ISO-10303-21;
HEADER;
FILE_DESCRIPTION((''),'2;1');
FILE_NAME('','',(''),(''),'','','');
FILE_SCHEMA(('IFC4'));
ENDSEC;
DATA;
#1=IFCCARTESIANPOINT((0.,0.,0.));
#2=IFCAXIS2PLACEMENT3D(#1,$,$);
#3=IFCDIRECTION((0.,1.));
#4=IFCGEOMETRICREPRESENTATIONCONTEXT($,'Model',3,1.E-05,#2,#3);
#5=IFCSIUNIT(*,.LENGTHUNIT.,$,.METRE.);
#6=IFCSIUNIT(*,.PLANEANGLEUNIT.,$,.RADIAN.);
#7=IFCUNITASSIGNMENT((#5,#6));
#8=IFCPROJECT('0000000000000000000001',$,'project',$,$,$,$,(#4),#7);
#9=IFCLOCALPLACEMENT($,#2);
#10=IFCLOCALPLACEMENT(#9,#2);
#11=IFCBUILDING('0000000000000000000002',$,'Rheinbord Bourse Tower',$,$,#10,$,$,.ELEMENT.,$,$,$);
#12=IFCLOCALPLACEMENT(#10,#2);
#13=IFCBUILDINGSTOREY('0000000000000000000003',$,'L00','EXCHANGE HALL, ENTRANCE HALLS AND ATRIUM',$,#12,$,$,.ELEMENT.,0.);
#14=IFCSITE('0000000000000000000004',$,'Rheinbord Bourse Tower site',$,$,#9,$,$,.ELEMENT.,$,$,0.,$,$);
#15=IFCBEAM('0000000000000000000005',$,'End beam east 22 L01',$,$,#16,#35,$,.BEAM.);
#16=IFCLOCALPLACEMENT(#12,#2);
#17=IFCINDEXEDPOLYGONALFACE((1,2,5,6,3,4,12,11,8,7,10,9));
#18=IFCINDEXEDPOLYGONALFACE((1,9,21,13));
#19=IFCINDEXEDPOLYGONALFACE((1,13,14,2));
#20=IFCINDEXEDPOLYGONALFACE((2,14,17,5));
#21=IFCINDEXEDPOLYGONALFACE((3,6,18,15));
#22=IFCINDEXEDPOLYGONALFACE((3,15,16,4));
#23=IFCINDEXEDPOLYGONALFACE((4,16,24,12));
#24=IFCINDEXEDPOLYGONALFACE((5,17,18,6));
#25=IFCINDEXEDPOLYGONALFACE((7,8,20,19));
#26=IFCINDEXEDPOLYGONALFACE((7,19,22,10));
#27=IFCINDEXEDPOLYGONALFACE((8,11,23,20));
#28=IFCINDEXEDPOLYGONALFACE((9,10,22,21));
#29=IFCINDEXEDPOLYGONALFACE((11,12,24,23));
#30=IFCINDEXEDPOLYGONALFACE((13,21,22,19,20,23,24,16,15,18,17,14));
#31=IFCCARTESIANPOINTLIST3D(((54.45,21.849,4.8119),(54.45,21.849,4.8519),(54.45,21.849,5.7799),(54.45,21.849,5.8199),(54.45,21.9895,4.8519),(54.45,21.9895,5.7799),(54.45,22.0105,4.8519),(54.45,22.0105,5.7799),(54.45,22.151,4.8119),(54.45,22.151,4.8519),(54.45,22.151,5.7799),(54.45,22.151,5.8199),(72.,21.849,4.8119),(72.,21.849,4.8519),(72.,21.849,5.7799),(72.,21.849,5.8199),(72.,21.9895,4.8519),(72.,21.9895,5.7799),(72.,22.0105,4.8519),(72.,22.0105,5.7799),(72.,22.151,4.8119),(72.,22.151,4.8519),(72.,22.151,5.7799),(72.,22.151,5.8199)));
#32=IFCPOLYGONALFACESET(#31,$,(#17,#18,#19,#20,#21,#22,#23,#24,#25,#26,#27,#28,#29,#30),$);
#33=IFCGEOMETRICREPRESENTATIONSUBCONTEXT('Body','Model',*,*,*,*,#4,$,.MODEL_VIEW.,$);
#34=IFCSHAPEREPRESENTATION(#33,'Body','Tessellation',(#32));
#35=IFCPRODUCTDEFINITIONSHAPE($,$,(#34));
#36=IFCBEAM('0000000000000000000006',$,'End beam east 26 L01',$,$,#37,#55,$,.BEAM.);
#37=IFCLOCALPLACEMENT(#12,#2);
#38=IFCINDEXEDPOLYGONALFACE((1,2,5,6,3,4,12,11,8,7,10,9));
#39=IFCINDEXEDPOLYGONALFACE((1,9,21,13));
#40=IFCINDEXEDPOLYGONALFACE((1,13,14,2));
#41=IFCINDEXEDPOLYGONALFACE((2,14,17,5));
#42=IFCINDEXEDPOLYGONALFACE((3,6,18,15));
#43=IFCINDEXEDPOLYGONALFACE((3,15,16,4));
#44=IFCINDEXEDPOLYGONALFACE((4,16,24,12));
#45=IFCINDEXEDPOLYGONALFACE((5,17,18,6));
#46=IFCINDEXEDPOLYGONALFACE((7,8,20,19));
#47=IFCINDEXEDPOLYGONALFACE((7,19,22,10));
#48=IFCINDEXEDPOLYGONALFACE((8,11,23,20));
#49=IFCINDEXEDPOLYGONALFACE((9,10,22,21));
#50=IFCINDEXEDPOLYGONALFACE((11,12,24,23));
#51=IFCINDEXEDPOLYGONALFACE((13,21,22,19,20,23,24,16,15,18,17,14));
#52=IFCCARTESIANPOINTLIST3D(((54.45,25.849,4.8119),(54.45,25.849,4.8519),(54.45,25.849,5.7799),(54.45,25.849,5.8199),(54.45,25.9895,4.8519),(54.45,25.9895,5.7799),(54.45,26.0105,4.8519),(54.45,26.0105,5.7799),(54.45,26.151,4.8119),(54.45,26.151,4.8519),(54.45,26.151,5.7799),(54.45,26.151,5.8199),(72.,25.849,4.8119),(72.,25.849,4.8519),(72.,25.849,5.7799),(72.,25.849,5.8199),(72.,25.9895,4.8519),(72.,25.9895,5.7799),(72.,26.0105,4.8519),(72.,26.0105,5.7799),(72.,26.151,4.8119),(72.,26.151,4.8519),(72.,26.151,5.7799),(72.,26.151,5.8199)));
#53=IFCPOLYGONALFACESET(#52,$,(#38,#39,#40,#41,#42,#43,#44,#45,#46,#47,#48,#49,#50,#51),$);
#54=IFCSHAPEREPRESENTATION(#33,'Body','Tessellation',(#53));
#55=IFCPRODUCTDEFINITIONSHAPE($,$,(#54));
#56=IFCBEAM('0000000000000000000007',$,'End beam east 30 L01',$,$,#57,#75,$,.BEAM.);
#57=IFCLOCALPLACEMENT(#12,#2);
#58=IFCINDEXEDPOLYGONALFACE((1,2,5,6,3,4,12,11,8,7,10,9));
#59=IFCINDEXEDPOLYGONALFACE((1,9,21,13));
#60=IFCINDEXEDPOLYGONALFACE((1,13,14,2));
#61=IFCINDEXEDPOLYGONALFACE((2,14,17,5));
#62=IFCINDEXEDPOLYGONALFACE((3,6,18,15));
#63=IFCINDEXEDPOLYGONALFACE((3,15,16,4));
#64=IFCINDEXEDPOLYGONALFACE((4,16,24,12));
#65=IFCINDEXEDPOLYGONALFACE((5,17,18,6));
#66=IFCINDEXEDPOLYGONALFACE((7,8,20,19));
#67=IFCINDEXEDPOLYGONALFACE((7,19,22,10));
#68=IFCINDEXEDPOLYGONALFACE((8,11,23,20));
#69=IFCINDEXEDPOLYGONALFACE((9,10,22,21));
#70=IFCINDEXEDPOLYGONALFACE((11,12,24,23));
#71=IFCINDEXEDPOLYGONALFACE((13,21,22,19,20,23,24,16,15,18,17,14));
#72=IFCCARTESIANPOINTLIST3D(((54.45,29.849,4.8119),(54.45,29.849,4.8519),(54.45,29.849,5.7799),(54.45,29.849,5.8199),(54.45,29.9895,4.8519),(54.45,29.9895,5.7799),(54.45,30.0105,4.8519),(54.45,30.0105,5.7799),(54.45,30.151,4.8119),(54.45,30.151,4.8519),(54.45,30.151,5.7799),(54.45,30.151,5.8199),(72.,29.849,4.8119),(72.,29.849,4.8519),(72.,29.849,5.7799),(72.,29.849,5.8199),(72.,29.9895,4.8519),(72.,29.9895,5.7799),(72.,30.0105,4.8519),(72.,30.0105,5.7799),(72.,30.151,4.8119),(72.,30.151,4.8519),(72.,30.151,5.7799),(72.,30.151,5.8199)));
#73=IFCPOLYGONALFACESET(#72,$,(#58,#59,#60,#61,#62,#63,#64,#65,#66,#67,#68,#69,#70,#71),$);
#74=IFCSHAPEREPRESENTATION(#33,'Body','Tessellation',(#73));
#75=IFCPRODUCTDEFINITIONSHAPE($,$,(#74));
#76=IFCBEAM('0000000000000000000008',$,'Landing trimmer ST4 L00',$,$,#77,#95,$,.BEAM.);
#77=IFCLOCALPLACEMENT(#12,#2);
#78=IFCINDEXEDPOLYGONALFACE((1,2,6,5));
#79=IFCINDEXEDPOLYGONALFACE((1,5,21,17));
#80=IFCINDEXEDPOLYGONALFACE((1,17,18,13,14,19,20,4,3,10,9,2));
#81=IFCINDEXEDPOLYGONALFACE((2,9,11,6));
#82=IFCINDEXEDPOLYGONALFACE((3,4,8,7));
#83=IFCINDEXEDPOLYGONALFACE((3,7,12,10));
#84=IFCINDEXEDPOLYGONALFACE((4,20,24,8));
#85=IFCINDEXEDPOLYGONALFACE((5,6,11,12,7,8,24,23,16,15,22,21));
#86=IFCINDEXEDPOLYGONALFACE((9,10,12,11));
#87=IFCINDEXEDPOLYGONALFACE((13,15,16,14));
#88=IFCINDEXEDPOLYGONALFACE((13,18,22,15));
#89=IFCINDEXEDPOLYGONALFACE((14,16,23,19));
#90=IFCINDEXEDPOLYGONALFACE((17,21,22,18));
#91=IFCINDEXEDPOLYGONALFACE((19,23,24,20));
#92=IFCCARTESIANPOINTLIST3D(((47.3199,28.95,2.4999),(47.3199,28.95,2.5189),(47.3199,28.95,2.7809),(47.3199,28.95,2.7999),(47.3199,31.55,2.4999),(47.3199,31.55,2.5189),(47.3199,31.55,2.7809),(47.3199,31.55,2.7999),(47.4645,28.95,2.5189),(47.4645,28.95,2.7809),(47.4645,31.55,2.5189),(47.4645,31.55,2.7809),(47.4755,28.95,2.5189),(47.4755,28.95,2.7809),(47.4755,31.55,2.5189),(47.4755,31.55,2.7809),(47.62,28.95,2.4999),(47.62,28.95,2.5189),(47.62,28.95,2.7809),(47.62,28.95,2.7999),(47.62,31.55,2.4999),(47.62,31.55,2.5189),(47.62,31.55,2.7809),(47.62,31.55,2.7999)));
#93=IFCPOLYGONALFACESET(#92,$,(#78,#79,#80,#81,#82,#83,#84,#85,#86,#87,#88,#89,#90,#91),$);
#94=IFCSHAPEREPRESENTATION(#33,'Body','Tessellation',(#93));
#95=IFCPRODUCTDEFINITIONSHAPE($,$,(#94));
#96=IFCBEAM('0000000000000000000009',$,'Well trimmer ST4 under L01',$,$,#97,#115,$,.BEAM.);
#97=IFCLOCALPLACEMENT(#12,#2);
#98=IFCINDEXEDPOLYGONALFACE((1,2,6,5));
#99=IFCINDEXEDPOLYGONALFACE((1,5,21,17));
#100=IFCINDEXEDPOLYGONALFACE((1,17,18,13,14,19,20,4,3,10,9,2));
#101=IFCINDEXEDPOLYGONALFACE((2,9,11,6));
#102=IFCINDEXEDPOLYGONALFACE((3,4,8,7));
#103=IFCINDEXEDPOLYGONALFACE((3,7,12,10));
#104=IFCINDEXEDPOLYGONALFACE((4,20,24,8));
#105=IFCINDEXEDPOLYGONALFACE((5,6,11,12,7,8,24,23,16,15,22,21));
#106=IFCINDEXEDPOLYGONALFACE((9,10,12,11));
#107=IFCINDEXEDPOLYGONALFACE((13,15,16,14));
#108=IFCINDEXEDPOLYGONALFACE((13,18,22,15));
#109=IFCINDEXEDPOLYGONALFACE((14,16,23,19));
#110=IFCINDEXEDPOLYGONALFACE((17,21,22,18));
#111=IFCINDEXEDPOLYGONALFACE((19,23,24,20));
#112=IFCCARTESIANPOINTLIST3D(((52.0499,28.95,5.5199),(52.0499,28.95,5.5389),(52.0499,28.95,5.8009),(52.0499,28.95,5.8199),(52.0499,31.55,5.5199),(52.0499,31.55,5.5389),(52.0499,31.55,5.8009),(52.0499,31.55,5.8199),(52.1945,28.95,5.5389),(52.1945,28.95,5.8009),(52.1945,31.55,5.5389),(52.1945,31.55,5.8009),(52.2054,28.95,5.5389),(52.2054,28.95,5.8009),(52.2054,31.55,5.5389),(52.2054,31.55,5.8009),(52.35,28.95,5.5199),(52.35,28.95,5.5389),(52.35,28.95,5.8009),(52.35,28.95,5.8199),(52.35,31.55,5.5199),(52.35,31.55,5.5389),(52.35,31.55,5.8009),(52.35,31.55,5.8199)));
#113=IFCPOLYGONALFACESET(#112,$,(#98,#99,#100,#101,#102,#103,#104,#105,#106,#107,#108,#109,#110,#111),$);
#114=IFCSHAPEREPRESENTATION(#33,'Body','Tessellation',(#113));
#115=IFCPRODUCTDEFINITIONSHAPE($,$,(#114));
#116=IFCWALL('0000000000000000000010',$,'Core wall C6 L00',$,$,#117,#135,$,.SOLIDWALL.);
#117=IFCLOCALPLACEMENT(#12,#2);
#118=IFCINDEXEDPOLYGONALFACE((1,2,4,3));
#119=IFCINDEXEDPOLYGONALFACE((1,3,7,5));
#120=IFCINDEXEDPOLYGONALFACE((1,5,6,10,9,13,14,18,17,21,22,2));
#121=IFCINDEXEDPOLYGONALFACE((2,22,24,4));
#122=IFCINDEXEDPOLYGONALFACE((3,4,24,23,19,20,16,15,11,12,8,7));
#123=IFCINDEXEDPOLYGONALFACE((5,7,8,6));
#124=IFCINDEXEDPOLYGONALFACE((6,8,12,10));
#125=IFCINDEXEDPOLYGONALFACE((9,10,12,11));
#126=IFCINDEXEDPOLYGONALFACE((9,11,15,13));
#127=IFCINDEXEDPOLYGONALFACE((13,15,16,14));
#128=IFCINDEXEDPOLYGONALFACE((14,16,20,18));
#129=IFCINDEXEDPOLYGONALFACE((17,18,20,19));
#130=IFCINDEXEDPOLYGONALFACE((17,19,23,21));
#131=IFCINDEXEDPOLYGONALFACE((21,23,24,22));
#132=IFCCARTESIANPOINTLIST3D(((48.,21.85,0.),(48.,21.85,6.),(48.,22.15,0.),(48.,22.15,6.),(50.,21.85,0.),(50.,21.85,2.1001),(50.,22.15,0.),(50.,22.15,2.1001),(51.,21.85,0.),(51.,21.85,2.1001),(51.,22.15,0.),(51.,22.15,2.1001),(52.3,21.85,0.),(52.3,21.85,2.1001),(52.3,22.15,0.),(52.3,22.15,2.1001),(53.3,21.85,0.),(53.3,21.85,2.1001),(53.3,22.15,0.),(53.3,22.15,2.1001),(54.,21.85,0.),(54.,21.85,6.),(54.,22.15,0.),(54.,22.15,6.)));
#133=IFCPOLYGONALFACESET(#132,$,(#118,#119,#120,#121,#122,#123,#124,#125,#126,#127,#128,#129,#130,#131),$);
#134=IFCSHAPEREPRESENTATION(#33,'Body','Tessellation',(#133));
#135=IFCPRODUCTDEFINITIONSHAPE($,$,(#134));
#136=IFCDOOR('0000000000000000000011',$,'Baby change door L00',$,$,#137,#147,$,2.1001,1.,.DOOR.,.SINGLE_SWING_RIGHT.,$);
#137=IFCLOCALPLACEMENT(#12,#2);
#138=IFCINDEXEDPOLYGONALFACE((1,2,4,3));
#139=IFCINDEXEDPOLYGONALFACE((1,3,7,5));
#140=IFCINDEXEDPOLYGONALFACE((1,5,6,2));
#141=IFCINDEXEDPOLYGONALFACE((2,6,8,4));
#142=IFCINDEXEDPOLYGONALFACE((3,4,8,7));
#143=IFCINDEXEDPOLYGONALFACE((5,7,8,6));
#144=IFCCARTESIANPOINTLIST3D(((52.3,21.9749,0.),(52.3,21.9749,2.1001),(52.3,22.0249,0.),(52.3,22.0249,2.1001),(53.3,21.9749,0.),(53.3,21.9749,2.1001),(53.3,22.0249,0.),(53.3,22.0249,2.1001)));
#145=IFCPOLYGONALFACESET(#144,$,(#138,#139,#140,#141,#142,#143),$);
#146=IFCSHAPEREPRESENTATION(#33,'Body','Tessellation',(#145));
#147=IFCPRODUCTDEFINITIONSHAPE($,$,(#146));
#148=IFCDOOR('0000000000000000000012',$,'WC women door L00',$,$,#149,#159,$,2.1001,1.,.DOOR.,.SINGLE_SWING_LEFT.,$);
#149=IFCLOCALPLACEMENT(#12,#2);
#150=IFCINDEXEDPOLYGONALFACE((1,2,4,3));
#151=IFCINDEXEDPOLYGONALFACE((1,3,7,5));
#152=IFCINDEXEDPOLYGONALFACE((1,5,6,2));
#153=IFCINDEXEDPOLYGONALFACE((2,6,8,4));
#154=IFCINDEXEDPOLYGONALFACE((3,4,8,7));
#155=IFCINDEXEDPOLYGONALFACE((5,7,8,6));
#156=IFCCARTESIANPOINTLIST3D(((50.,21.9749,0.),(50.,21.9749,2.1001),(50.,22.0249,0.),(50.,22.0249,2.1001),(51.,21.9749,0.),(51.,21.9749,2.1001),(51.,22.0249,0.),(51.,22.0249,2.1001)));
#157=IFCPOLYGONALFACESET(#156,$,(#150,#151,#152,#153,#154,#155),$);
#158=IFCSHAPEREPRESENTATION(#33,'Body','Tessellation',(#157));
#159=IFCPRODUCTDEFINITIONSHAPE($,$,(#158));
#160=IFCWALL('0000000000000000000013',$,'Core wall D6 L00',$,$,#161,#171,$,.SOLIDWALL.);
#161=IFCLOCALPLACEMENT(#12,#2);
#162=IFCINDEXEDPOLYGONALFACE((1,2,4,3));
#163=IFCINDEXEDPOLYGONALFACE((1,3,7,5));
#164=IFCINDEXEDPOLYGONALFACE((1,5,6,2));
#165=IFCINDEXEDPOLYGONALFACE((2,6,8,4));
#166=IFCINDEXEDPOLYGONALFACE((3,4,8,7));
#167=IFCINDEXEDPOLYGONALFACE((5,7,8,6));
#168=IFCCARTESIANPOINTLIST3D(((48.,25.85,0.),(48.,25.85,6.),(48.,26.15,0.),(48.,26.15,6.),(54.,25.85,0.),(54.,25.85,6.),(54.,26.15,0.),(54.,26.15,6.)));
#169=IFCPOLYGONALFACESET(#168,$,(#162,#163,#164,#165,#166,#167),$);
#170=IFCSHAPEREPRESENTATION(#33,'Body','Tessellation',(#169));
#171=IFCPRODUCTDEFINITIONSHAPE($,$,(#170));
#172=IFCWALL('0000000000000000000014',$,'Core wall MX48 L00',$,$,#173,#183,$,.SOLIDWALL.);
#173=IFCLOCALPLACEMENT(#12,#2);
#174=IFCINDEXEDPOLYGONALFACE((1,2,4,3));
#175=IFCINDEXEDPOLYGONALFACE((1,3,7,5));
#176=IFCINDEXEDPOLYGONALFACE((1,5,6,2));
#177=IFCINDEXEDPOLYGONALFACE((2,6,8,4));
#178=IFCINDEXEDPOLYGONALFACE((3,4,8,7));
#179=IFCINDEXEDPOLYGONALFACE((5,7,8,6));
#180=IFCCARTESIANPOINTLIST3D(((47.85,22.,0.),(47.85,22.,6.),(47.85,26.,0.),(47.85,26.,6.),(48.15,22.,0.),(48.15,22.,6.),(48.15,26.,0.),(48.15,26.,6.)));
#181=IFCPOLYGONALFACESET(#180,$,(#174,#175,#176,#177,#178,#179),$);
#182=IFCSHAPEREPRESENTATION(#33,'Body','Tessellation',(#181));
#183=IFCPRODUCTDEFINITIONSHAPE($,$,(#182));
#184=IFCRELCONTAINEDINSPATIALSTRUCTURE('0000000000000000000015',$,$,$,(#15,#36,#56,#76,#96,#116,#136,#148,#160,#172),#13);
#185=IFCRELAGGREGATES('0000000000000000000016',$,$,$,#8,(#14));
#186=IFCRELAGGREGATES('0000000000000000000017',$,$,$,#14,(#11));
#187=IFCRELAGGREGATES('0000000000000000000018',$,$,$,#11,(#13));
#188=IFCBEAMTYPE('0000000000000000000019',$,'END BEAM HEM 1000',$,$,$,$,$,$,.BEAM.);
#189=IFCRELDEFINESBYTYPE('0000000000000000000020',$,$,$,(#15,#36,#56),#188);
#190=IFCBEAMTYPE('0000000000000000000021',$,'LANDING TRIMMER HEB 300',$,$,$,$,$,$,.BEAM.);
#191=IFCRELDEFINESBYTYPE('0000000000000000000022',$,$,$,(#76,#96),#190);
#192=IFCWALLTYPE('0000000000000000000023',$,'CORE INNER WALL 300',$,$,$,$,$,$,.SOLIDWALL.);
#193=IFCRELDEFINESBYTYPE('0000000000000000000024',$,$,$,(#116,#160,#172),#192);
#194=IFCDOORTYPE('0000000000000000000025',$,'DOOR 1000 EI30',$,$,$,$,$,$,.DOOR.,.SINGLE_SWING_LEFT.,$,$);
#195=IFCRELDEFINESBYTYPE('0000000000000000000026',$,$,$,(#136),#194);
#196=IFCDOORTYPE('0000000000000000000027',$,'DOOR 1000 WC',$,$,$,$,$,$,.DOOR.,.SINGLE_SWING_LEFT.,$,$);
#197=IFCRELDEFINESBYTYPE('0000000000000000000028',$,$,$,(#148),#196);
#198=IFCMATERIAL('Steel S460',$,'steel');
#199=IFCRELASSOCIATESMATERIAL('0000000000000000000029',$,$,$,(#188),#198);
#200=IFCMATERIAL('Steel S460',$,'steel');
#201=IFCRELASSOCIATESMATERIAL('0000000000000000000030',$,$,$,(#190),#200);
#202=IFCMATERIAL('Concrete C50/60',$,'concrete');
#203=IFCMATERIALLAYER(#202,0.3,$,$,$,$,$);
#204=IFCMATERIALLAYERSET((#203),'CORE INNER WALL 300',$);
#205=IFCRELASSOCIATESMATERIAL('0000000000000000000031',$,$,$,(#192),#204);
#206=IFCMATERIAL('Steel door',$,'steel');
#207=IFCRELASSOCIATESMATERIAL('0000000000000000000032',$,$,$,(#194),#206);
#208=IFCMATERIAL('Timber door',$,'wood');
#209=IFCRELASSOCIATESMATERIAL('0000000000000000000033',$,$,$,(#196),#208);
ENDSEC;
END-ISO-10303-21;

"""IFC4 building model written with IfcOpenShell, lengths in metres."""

from ifc_helpers import new_model, si_unit, direction, frame, frame_2d, origin, origin_2d, place, context, subcontext, project, spatial, rectangle, i_section, extrude, material, layer, layer_set, material_profile, profile_set, type_object, element, fill, save


model = new_model("IFC4")

# Units and contexts
model_context = context("Model", 3, precision=1e-05, world=origin(), true_north=direction((0.0, 1.0)))
body_context = subcontext(model_context, "Body", "Model", "MODEL_VIEW")
ifc_project = project(units=[si_unit("LENGTHUNIT", "METRE"), si_unit("PLANEANGLEUNIT", "RADIAN")], contexts=[model_context])

# Site, building, storey
site_placement = place(None, origin())
site = spatial("IfcSite", under=ifc_project, at=site_placement, Name="Rheinbord Bourse Tower site", CompositionType="ELEMENT", RefElevation=0.0)
building_placement = place(site_placement, origin())
building = spatial("IfcBuilding", under=site, at=building_placement, Name="Rheinbord Bourse Tower", CompositionType="ELEMENT")
storey_placement = place(building_placement, origin())
storey = spatial("IfcBuildingStorey", under=building, at=storey_placement, Name="L00", Description="EXCHANGE HALL, ENTRANCE HALLS AND ATRIUM", CompositionType="ELEMENT", Elevation=0.0)

# Beams
ifc_material_1 = material(Name="Steel S460", Category="steel")
ifc_material_profile_1 = material_profile(ifc_material_1, i_section(OverallWidth=0.302, OverallDepth=1.0081, WebThickness=0.021, FlangeThickness=0.04, at=origin_2d()), Name="HEM 1000")
ifc_profile_set_1 = profile_set([ifc_material_profile_1], Name="Steel S460")
beam_type_1 = type_object("IfcBeamType", Name="END BEAM HEM 1000", PredefinedType="BEAM", material=ifc_profile_set_1)
for number, where, z_axis, x_axis, name in (
    (1, (54.45, 22.0, 5.3159), (1.0, 0.0, 0.0), (0.0, 1.0, 0.0), "End beam east 22 L01"),
    (2, (54.45, 26.0, 5.3159), (1.0, 0.0, 0.0), (0.0, 1.0, 0.0), "End beam east 26 L01"),
    (3, (54.45, 30.0, 5.3159), (1.0, 0.0, 0.0), (0.0, 1.0, 0.0), "End beam east 30 L01"),
):
    element("IfcBeam", number, at=place(storey_placement, frame(where, z_axis=z_axis, x_axis=x_axis)), inside=storey, type_object=beam_type_1, Name=name, PredefinedType="BEAM", context=body_context, shape_type="SweptSolid", body=[
        extrude(i_section(OverallWidth=0.302, OverallDepth=1.0081, WebThickness=0.021, FlangeThickness=0.04, at=origin_2d()), origin(), (0.0, 0.0, 1.0), 17.55),
    ])
ifc_material_2 = material(Name="Steel S460", Category="steel")
ifc_material_profile_2 = material_profile(ifc_material_2, i_section(OverallWidth=0.3, OverallDepth=0.3, WebThickness=0.011, FlangeThickness=0.019, at=origin_2d()), Name="HEB 300")
ifc_profile_set_2 = profile_set([ifc_material_profile_2], Name="Steel S460")
beam_type_2 = type_object("IfcBeamType", Name="LANDING TRIMMER HEB 300", PredefinedType="BEAM", material=ifc_profile_set_2)
for number, where, z_axis, x_axis, name in (
    (4, (47.47, 28.95, 2.6499), (0.0, 1.0, 0.0), (-1.0, 0.0, 0.0), "Landing trimmer ST4 L00"),
    (5, (52.2, 28.95, 5.6699), (0.0, 1.0, 0.0), (-1.0, 0.0, 0.0), "Well trimmer ST4 under L01"),
):
    element("IfcBeam", number, at=place(storey_placement, frame(where, z_axis=z_axis, x_axis=x_axis)), inside=storey, type_object=beam_type_2, Name=name, PredefinedType="BEAM", context=body_context, shape_type="SweptSolid", body=[
        extrude(i_section(OverallWidth=0.3, OverallDepth=0.3, WebThickness=0.011, FlangeThickness=0.019, at=origin_2d()), origin(), (0.0, 0.0, 1.0), 2.6001),
    ])

# Wall, openings, doors
ifc_material_3 = material(Name="Concrete C50/60", Category="concrete")
ifc_layer_1 = layer(ifc_material_3, 0.3)
ifc_layer_set_1 = layer_set([ifc_layer_1], Name="CORE INNER WALL 300")
wall_type_1 = type_object("IfcWallType", Name="CORE INNER WALL 300", PredefinedType="SOLIDWALL", material=ifc_layer_set_1)
wall_1_placement = place(storey_placement, frame((48.0, 22.0, 0.0), z_axis=(0.0, 0.0, 1.0), x_axis=(1.0, 0.0, 0.0)))
wall_1 = element("IfcWall", 6, at=wall_1_placement, inside=storey, type_object=wall_type_1, Name="Core wall C6 L00", PredefinedType="SOLIDWALL", context=body_context, shape_type="SweptSolid", body=[
    extrude(rectangle(XDim=6.0, YDim=0.3, at=frame_2d((3.0, 0.0))), origin(), (0.0, 0.0, 1.0), 6.0),
])
opening_1_placement = place(wall_1_placement, frame((2.0, 0.0, 0.0)))
opening_1 = element("IfcOpeningElement", 7, at=opening_1_placement, cuts=wall_1, PredefinedType="OPENING", context=body_context, shape_type="SweptSolid", body=[
    extrude(rectangle(XDim=1.0, YDim=2.1001, at=frame_2d((0.5, 1.05))), frame((0.0, 0.1599, 0.0), z_axis=(0.0, -1.0, 0.0), x_axis=(1.0, 0.0, 0.0)), (0.0, 0.0, 1.0), 0.3201),
])
opening_2_placement = place(wall_1_placement, frame((4.3, 0.0, 0.0)))
opening_2 = element("IfcOpeningElement", 8, at=opening_2_placement, cuts=wall_1, PredefinedType="OPENING", context=body_context, shape_type="SweptSolid", body=[
    extrude(rectangle(XDim=1.0, YDim=2.1001, at=frame_2d((0.5, 1.05))), frame((0.0, 0.1599, 0.0), z_axis=(0.0, -1.0, 0.0), x_axis=(1.0, 0.0, 0.0)), (0.0, 0.0, 1.0), 0.3201),
])
ifc_material_4 = material(Name="Steel door", Category="steel")
door_type_1 = type_object("IfcDoorType", Name="DOOR 1000 EI30", OperationType="SINGLE_SWING_LEFT", PredefinedType="DOOR", material=ifc_material_4)
door_1_placement = place(opening_2_placement, origin())
door_1 = element("IfcDoor", 9, at=door_1_placement, inside=storey, type_object=door_type_1, Name="Baby change door L00", OperationType="SINGLE_SWING_RIGHT", OverallHeight=2.1001, OverallWidth=1.0, PredefinedType="DOOR", context=body_context, shape_type="SweptSolid", body=[
    extrude(rectangle(XDim=1.0, YDim=2.1001, at=frame_2d((0.5, 1.05))), frame((0.0, 0.0249, 0.0), z_axis=(0.0, -1.0, 0.0), x_axis=(1.0, 0.0, 0.0)), (0.0, 0.0, 1.0), 0.05),
])
fill(opening_2, door_1)
ifc_material_5 = material(Name="Timber door", Category="wood")
door_type_2 = type_object("IfcDoorType", Name="DOOR 1000 WC", OperationType="SINGLE_SWING_LEFT", PredefinedType="DOOR", material=ifc_material_5)
door_2_placement = place(opening_1_placement, origin())
door_2 = element("IfcDoor", 10, at=door_2_placement, inside=storey, type_object=door_type_2, Name="WC women door L00", OperationType="SINGLE_SWING_LEFT", OverallHeight=2.1001, OverallWidth=1.0, PredefinedType="DOOR", context=body_context, shape_type="SweptSolid", body=[
    extrude(rectangle(XDim=1.0, YDim=2.1001, at=frame_2d((0.5, 1.05))), frame((0.0, 0.0249, 0.0), z_axis=(0.0, -1.0, 0.0), x_axis=(1.0, 0.0, 0.0)), (0.0, 0.0, 1.0), 0.05),
])
fill(opening_1, door_2)

# Walls
wall_2_placement = place(storey_placement, frame((48.0, 26.0, 0.0), z_axis=(0.0, 0.0, 1.0), x_axis=(1.0, 0.0, 0.0)))
element("IfcWall", 11, at=wall_2_placement, inside=storey, type_object=wall_type_1, Name="Core wall D6 L00", PredefinedType="SOLIDWALL", context=body_context, shape_type="SweptSolid", body=[
    extrude(rectangle(XDim=6.0, YDim=0.3, at=frame_2d((3.0, 0.0))), origin(), (0.0, 0.0, 1.0), 6.0),
])
wall_3_placement = place(storey_placement, frame((48.0, 22.0, 0.0), z_axis=(0.0, 0.0, 1.0), x_axis=(0.0, 1.0, 0.0)))
element("IfcWall", 12, at=wall_3_placement, inside=storey, type_object=wall_type_1, Name="Core wall MX48 L00", PredefinedType="SOLIDWALL", context=body_context, shape_type="SweptSolid", body=[
    extrude(rectangle(XDim=4.0, YDim=0.3, at=frame_2d((2.0, 0.0))), origin(), (0.0, 0.0, 1.0), 6.0),
])

save(model, "model.ifc")
